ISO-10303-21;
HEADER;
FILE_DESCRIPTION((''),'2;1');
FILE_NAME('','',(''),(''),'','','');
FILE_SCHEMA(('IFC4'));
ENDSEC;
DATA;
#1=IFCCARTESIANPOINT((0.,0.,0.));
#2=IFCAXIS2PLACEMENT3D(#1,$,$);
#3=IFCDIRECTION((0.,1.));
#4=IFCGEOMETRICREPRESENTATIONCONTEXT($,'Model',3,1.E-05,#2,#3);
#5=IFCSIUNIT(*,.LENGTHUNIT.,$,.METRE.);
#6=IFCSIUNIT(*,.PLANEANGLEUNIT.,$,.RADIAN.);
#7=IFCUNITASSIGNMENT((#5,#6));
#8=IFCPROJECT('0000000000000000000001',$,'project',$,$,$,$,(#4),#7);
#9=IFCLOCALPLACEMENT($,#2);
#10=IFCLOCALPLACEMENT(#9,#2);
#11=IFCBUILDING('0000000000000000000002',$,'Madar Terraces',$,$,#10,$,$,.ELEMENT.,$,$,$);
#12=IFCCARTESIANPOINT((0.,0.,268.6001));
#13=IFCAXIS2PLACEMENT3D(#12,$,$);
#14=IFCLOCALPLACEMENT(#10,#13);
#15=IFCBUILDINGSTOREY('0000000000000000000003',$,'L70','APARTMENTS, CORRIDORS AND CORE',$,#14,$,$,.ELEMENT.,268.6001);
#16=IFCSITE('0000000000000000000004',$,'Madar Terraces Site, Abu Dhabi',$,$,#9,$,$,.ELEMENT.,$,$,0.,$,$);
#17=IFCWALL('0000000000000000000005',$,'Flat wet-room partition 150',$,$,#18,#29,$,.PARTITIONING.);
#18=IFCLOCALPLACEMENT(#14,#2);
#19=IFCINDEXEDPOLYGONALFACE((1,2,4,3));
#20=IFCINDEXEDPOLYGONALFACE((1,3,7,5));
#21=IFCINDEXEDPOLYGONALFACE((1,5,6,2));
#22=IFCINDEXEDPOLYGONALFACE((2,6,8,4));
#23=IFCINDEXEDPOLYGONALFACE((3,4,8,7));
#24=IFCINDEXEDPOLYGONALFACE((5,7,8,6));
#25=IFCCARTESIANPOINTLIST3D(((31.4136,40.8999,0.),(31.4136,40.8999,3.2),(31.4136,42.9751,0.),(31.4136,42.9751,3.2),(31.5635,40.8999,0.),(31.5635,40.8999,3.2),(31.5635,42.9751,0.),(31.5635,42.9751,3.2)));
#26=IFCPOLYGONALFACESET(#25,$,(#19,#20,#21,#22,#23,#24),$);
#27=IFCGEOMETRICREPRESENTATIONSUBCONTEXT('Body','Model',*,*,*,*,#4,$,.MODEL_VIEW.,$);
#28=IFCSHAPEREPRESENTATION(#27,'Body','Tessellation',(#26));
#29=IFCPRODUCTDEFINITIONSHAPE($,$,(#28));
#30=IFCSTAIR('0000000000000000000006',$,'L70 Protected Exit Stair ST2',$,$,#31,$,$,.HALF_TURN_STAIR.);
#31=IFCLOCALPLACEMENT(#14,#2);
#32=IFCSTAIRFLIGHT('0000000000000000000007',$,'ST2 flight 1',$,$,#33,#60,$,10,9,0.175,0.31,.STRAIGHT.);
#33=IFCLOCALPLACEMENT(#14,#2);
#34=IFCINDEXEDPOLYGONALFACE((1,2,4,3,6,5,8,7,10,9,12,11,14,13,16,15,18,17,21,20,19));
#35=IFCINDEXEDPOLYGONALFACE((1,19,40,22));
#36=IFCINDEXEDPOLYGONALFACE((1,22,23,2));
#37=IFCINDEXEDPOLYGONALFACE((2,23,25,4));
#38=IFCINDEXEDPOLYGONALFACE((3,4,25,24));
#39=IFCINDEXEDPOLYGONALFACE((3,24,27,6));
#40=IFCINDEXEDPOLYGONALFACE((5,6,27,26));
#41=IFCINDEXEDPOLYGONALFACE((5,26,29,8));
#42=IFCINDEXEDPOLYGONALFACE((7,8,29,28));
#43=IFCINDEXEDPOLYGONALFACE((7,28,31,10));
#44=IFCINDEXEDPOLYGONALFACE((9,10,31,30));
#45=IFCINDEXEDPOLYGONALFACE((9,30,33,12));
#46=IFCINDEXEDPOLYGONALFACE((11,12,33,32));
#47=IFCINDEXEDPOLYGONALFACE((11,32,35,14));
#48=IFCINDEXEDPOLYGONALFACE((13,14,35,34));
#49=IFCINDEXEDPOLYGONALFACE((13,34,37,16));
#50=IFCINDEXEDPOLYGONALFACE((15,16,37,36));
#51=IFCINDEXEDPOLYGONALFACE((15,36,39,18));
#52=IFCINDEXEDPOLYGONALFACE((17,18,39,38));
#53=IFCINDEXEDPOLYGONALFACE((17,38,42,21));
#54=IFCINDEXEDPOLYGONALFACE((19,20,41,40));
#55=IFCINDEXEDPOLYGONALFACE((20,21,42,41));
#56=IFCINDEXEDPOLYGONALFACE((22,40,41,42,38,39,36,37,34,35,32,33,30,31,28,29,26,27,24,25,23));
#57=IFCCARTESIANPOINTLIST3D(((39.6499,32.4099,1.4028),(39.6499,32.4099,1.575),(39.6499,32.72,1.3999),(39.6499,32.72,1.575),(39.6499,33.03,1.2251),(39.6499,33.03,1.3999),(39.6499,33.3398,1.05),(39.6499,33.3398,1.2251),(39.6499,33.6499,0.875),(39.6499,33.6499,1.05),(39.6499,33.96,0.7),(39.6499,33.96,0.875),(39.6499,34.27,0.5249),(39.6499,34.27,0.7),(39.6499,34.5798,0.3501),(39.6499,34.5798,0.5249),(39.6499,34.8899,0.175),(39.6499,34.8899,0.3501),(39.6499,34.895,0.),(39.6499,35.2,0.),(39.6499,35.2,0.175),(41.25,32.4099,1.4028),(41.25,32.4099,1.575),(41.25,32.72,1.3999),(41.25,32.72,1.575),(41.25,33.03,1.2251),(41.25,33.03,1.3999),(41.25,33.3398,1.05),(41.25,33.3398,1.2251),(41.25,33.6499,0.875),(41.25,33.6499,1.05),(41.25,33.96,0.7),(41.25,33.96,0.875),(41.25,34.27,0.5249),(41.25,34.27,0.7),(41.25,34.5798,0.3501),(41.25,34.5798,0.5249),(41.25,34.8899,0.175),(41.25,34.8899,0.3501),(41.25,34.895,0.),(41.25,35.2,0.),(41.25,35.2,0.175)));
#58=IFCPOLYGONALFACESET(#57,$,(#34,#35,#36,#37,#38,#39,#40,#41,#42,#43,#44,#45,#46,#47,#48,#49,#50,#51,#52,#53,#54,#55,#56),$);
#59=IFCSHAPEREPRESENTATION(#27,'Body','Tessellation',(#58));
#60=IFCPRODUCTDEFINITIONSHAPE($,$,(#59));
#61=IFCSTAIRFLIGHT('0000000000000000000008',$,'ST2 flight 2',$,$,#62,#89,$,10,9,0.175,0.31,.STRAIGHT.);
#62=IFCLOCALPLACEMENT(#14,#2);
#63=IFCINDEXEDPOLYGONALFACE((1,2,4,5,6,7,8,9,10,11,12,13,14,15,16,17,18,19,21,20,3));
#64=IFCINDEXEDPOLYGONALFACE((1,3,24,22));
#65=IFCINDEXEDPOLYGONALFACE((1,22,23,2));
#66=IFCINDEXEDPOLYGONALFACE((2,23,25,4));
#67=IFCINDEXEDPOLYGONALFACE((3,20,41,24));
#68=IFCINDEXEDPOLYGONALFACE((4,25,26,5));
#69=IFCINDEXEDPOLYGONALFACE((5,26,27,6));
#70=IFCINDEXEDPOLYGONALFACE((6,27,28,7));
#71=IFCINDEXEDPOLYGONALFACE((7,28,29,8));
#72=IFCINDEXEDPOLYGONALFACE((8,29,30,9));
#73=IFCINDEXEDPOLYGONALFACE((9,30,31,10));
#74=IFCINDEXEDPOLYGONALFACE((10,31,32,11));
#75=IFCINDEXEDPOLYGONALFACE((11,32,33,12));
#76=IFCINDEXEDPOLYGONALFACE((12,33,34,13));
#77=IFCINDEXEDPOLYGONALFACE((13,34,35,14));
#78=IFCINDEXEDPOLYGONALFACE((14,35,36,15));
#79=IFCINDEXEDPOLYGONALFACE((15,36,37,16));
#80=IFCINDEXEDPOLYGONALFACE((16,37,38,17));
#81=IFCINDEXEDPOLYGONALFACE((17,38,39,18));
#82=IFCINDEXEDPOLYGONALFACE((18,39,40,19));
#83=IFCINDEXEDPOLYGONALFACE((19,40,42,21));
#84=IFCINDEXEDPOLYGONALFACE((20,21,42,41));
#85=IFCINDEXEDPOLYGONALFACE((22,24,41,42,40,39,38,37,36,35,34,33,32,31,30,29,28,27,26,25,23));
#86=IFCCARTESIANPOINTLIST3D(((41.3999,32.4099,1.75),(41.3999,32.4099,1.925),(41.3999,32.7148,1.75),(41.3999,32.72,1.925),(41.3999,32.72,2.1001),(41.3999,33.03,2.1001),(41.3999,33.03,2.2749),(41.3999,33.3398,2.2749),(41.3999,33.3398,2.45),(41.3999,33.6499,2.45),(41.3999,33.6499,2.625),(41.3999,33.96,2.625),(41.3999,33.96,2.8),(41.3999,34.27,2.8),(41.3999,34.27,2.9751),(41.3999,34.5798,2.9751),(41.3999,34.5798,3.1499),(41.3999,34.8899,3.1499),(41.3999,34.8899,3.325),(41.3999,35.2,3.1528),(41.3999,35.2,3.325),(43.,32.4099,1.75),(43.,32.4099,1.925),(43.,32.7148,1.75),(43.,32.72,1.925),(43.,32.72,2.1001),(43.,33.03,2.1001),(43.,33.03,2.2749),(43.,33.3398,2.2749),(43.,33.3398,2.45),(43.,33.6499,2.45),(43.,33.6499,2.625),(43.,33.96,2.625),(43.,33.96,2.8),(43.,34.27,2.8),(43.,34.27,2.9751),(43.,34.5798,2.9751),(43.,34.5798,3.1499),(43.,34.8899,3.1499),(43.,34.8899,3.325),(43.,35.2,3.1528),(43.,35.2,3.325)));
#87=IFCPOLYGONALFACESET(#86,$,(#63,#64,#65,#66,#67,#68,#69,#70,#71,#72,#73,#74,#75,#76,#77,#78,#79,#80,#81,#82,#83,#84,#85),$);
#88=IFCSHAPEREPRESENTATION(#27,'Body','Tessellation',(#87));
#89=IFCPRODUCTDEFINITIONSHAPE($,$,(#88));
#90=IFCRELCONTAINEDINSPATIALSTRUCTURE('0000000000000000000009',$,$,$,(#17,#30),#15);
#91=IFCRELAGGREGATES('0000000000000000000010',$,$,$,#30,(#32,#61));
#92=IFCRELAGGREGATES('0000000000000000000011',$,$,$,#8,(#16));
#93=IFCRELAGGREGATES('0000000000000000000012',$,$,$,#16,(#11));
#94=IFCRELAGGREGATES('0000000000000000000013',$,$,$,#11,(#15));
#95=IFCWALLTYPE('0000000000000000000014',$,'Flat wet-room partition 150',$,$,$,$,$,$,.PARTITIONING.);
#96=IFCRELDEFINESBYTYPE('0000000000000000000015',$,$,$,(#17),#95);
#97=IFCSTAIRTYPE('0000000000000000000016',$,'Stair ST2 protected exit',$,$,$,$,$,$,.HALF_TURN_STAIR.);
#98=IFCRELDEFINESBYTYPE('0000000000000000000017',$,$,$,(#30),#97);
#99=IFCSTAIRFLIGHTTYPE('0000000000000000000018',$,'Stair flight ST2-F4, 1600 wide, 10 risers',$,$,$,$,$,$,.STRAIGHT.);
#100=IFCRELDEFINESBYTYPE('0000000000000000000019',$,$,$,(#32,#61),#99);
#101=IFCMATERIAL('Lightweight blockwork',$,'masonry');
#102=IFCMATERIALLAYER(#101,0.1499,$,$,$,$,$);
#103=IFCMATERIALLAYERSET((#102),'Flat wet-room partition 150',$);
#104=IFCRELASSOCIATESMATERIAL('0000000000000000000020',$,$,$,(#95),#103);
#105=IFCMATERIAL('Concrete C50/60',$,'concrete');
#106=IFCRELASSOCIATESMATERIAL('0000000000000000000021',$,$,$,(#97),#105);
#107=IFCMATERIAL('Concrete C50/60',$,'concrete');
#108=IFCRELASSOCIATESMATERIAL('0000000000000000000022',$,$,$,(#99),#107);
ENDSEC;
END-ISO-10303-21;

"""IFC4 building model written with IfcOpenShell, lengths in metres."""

from ifc_helpers import new_model, si_unit, direction, frame, frame_2d, origin, place, context, subcontext, project, spatial, polyline, rectangle, outline, extrude, material, layer, layer_set, type_object, element, aggregate, save


model = new_model("IFC4")

# Units and contexts
model_context = context("Model", 3, precision=1e-05, world=origin(), true_north=direction((0.0, 1.0)))
body_context = subcontext(model_context, "Body", "Model", "MODEL_VIEW")
ifc_project = project(units=[si_unit("LENGTHUNIT", "METRE"), si_unit("PLANEANGLEUNIT", "RADIAN")], contexts=[model_context])

# Site, building, storey
site_placement = place(None, origin())
site = spatial("IfcSite", under=ifc_project, at=site_placement, Name="Madar Terraces Site, Abu Dhabi", CompositionType="ELEMENT", RefElevation=0.0)
building_placement = place(site_placement, origin())
building = spatial("IfcBuilding", under=site, at=building_placement, Name="Madar Terraces", CompositionType="ELEMENT")
storey_placement = place(building_placement, frame((0.0, 0.0, 268.6001)))
storey = spatial("IfcBuildingStorey", under=building, at=storey_placement, Name="L70", Description="APARTMENTS, CORRIDORS AND CORE", CompositionType="ELEMENT", Elevation=268.6001)

# Wall
ifc_material_1 = material(Name="Lightweight blockwork", Category="masonry")
ifc_layer_1 = layer(ifc_material_1, 0.1499)
ifc_layer_set_1 = layer_set([ifc_layer_1], Name="Flat wet-room partition 150")
wall_type_1 = type_object("IfcWallType", Name="Flat wet-room partition 150", PredefinedType="PARTITIONING", material=ifc_layer_set_1)
wall_1_placement = place(storey_placement, frame((31.4885, 40.8999, 0.0), z_axis=(0.0, 0.0, 1.0), x_axis=(0.0, 1.0, 0.0)))
element("IfcWall", 1, at=wall_1_placement, inside=storey, type_object=wall_type_1, Name="Flat wet-room partition 150", PredefinedType="PARTITIONING", context=body_context, shape_type="SweptSolid", body=[
    extrude(rectangle(XDim=2.0752, YDim=0.1499, at=frame_2d((1.0376, 0.0))), origin(), (0.0, 0.0, 1.0), 3.2),
])

# Stair, stair flights
ifc_material_2 = material(Name="Concrete C50/60", Category="concrete")
stair_type = type_object("IfcStairType", Name="Stair ST2 protected exit", PredefinedType="HALF_TURN_STAIR", material=ifc_material_2)
stair_placement = place(storey_placement, origin())
stair = element("IfcStair", 2, at=stair_placement, inside=storey, type_object=stair_type, Name="L70 Protected Exit Stair ST2", PredefinedType="HALF_TURN_STAIR")
ifc_material_3 = material(Name="Concrete C50/60", Category="concrete")
stair_flight_type = type_object("IfcStairFlightType", Name="Stair flight ST2-F4, 1600 wide, 10 risers", PredefinedType="STRAIGHT", material=ifc_material_3)
stair_flight_1_placement = place(storey_placement, frame((40.45, 35.2, 0.0), z_axis=(0.0, 0.0, 1.0), x_axis=(0.0, -1.0, 0.0)))
stair_flight_1 = element("IfcStairFlight", 3, at=stair_flight_1_placement, type_object=stair_flight_type, Name="ST2 flight 1", NumberOfRisers=10, NumberOfTreads=9, PredefinedType="STRAIGHT", RiserHeight=0.175, TreadLength=0.31, context=body_context, shape_type="SweptSolid", body=[
    extrude(outline(polyline([(0.0, 0.0), (0.0, 0.175), (0.3101, 0.175), (0.3101, 0.3501), (0.6201, 0.3501), (0.6201, 0.5249), (0.9299, 0.5249), (0.9299, 0.7), (1.24, 0.7), (1.24, 0.875), (1.55, 0.875), (1.55, 1.05), (1.8601, 1.05), (1.8601, 1.2251), (2.1699, 1.2251), (2.1699, 1.3999), (2.48, 1.3999), (2.48, 1.575), (2.79, 1.575), (2.79, 1.75), (2.79, 1.4028), (0.3049, 0.0), (0.0, 0.0)])), frame((0.0, 0.8, 0.0), z_axis=(0.0, -1.0, 0.0), x_axis=(1.0, 0.0, 0.0)), (0.0, 0.0, 1.0), 1.6001),
])
stair_flight_2_placement = place(storey_placement, frame((42.2, 32.4099, 1.75), z_axis=(0.0, 0.0, 1.0), x_axis=(0.0, 1.0, 0.0)))
stair_flight_2 = element("IfcStairFlight", 4, at=stair_flight_2_placement, type_object=stair_flight_type, Name="ST2 flight 2", NumberOfRisers=10, NumberOfTreads=9, PredefinedType="STRAIGHT", RiserHeight=0.175, TreadLength=0.31, context=body_context, shape_type="SweptSolid", body=[
    extrude(outline(polyline([(0.0, 0.0), (0.0, 0.175), (0.3101, 0.175), (0.3101, 0.3501), (0.6201, 0.3501), (0.6201, 0.5249), (0.9299, 0.5249), (0.9299, 0.7), (1.24, 0.7), (1.24, 0.875), (1.55, 0.875), (1.55, 1.05), (1.8601, 1.05), (1.8601, 1.2251), (2.1699, 1.2251), (2.1699, 1.3999), (2.48, 1.3999), (2.48, 1.575), (2.79, 1.575), (2.79, 1.75), (2.79, 1.4028), (0.3049, 0.0), (0.0, 0.0)])), frame((0.0, 0.8, 0.0), z_axis=(0.0, -1.0, 0.0), x_axis=(1.0, 0.0, 0.0)), (0.0, 0.0, 1.0), 1.6001),
])
aggregate(stair, [stair_flight_1, stair_flight_2])

save(model, "model.ifc")
